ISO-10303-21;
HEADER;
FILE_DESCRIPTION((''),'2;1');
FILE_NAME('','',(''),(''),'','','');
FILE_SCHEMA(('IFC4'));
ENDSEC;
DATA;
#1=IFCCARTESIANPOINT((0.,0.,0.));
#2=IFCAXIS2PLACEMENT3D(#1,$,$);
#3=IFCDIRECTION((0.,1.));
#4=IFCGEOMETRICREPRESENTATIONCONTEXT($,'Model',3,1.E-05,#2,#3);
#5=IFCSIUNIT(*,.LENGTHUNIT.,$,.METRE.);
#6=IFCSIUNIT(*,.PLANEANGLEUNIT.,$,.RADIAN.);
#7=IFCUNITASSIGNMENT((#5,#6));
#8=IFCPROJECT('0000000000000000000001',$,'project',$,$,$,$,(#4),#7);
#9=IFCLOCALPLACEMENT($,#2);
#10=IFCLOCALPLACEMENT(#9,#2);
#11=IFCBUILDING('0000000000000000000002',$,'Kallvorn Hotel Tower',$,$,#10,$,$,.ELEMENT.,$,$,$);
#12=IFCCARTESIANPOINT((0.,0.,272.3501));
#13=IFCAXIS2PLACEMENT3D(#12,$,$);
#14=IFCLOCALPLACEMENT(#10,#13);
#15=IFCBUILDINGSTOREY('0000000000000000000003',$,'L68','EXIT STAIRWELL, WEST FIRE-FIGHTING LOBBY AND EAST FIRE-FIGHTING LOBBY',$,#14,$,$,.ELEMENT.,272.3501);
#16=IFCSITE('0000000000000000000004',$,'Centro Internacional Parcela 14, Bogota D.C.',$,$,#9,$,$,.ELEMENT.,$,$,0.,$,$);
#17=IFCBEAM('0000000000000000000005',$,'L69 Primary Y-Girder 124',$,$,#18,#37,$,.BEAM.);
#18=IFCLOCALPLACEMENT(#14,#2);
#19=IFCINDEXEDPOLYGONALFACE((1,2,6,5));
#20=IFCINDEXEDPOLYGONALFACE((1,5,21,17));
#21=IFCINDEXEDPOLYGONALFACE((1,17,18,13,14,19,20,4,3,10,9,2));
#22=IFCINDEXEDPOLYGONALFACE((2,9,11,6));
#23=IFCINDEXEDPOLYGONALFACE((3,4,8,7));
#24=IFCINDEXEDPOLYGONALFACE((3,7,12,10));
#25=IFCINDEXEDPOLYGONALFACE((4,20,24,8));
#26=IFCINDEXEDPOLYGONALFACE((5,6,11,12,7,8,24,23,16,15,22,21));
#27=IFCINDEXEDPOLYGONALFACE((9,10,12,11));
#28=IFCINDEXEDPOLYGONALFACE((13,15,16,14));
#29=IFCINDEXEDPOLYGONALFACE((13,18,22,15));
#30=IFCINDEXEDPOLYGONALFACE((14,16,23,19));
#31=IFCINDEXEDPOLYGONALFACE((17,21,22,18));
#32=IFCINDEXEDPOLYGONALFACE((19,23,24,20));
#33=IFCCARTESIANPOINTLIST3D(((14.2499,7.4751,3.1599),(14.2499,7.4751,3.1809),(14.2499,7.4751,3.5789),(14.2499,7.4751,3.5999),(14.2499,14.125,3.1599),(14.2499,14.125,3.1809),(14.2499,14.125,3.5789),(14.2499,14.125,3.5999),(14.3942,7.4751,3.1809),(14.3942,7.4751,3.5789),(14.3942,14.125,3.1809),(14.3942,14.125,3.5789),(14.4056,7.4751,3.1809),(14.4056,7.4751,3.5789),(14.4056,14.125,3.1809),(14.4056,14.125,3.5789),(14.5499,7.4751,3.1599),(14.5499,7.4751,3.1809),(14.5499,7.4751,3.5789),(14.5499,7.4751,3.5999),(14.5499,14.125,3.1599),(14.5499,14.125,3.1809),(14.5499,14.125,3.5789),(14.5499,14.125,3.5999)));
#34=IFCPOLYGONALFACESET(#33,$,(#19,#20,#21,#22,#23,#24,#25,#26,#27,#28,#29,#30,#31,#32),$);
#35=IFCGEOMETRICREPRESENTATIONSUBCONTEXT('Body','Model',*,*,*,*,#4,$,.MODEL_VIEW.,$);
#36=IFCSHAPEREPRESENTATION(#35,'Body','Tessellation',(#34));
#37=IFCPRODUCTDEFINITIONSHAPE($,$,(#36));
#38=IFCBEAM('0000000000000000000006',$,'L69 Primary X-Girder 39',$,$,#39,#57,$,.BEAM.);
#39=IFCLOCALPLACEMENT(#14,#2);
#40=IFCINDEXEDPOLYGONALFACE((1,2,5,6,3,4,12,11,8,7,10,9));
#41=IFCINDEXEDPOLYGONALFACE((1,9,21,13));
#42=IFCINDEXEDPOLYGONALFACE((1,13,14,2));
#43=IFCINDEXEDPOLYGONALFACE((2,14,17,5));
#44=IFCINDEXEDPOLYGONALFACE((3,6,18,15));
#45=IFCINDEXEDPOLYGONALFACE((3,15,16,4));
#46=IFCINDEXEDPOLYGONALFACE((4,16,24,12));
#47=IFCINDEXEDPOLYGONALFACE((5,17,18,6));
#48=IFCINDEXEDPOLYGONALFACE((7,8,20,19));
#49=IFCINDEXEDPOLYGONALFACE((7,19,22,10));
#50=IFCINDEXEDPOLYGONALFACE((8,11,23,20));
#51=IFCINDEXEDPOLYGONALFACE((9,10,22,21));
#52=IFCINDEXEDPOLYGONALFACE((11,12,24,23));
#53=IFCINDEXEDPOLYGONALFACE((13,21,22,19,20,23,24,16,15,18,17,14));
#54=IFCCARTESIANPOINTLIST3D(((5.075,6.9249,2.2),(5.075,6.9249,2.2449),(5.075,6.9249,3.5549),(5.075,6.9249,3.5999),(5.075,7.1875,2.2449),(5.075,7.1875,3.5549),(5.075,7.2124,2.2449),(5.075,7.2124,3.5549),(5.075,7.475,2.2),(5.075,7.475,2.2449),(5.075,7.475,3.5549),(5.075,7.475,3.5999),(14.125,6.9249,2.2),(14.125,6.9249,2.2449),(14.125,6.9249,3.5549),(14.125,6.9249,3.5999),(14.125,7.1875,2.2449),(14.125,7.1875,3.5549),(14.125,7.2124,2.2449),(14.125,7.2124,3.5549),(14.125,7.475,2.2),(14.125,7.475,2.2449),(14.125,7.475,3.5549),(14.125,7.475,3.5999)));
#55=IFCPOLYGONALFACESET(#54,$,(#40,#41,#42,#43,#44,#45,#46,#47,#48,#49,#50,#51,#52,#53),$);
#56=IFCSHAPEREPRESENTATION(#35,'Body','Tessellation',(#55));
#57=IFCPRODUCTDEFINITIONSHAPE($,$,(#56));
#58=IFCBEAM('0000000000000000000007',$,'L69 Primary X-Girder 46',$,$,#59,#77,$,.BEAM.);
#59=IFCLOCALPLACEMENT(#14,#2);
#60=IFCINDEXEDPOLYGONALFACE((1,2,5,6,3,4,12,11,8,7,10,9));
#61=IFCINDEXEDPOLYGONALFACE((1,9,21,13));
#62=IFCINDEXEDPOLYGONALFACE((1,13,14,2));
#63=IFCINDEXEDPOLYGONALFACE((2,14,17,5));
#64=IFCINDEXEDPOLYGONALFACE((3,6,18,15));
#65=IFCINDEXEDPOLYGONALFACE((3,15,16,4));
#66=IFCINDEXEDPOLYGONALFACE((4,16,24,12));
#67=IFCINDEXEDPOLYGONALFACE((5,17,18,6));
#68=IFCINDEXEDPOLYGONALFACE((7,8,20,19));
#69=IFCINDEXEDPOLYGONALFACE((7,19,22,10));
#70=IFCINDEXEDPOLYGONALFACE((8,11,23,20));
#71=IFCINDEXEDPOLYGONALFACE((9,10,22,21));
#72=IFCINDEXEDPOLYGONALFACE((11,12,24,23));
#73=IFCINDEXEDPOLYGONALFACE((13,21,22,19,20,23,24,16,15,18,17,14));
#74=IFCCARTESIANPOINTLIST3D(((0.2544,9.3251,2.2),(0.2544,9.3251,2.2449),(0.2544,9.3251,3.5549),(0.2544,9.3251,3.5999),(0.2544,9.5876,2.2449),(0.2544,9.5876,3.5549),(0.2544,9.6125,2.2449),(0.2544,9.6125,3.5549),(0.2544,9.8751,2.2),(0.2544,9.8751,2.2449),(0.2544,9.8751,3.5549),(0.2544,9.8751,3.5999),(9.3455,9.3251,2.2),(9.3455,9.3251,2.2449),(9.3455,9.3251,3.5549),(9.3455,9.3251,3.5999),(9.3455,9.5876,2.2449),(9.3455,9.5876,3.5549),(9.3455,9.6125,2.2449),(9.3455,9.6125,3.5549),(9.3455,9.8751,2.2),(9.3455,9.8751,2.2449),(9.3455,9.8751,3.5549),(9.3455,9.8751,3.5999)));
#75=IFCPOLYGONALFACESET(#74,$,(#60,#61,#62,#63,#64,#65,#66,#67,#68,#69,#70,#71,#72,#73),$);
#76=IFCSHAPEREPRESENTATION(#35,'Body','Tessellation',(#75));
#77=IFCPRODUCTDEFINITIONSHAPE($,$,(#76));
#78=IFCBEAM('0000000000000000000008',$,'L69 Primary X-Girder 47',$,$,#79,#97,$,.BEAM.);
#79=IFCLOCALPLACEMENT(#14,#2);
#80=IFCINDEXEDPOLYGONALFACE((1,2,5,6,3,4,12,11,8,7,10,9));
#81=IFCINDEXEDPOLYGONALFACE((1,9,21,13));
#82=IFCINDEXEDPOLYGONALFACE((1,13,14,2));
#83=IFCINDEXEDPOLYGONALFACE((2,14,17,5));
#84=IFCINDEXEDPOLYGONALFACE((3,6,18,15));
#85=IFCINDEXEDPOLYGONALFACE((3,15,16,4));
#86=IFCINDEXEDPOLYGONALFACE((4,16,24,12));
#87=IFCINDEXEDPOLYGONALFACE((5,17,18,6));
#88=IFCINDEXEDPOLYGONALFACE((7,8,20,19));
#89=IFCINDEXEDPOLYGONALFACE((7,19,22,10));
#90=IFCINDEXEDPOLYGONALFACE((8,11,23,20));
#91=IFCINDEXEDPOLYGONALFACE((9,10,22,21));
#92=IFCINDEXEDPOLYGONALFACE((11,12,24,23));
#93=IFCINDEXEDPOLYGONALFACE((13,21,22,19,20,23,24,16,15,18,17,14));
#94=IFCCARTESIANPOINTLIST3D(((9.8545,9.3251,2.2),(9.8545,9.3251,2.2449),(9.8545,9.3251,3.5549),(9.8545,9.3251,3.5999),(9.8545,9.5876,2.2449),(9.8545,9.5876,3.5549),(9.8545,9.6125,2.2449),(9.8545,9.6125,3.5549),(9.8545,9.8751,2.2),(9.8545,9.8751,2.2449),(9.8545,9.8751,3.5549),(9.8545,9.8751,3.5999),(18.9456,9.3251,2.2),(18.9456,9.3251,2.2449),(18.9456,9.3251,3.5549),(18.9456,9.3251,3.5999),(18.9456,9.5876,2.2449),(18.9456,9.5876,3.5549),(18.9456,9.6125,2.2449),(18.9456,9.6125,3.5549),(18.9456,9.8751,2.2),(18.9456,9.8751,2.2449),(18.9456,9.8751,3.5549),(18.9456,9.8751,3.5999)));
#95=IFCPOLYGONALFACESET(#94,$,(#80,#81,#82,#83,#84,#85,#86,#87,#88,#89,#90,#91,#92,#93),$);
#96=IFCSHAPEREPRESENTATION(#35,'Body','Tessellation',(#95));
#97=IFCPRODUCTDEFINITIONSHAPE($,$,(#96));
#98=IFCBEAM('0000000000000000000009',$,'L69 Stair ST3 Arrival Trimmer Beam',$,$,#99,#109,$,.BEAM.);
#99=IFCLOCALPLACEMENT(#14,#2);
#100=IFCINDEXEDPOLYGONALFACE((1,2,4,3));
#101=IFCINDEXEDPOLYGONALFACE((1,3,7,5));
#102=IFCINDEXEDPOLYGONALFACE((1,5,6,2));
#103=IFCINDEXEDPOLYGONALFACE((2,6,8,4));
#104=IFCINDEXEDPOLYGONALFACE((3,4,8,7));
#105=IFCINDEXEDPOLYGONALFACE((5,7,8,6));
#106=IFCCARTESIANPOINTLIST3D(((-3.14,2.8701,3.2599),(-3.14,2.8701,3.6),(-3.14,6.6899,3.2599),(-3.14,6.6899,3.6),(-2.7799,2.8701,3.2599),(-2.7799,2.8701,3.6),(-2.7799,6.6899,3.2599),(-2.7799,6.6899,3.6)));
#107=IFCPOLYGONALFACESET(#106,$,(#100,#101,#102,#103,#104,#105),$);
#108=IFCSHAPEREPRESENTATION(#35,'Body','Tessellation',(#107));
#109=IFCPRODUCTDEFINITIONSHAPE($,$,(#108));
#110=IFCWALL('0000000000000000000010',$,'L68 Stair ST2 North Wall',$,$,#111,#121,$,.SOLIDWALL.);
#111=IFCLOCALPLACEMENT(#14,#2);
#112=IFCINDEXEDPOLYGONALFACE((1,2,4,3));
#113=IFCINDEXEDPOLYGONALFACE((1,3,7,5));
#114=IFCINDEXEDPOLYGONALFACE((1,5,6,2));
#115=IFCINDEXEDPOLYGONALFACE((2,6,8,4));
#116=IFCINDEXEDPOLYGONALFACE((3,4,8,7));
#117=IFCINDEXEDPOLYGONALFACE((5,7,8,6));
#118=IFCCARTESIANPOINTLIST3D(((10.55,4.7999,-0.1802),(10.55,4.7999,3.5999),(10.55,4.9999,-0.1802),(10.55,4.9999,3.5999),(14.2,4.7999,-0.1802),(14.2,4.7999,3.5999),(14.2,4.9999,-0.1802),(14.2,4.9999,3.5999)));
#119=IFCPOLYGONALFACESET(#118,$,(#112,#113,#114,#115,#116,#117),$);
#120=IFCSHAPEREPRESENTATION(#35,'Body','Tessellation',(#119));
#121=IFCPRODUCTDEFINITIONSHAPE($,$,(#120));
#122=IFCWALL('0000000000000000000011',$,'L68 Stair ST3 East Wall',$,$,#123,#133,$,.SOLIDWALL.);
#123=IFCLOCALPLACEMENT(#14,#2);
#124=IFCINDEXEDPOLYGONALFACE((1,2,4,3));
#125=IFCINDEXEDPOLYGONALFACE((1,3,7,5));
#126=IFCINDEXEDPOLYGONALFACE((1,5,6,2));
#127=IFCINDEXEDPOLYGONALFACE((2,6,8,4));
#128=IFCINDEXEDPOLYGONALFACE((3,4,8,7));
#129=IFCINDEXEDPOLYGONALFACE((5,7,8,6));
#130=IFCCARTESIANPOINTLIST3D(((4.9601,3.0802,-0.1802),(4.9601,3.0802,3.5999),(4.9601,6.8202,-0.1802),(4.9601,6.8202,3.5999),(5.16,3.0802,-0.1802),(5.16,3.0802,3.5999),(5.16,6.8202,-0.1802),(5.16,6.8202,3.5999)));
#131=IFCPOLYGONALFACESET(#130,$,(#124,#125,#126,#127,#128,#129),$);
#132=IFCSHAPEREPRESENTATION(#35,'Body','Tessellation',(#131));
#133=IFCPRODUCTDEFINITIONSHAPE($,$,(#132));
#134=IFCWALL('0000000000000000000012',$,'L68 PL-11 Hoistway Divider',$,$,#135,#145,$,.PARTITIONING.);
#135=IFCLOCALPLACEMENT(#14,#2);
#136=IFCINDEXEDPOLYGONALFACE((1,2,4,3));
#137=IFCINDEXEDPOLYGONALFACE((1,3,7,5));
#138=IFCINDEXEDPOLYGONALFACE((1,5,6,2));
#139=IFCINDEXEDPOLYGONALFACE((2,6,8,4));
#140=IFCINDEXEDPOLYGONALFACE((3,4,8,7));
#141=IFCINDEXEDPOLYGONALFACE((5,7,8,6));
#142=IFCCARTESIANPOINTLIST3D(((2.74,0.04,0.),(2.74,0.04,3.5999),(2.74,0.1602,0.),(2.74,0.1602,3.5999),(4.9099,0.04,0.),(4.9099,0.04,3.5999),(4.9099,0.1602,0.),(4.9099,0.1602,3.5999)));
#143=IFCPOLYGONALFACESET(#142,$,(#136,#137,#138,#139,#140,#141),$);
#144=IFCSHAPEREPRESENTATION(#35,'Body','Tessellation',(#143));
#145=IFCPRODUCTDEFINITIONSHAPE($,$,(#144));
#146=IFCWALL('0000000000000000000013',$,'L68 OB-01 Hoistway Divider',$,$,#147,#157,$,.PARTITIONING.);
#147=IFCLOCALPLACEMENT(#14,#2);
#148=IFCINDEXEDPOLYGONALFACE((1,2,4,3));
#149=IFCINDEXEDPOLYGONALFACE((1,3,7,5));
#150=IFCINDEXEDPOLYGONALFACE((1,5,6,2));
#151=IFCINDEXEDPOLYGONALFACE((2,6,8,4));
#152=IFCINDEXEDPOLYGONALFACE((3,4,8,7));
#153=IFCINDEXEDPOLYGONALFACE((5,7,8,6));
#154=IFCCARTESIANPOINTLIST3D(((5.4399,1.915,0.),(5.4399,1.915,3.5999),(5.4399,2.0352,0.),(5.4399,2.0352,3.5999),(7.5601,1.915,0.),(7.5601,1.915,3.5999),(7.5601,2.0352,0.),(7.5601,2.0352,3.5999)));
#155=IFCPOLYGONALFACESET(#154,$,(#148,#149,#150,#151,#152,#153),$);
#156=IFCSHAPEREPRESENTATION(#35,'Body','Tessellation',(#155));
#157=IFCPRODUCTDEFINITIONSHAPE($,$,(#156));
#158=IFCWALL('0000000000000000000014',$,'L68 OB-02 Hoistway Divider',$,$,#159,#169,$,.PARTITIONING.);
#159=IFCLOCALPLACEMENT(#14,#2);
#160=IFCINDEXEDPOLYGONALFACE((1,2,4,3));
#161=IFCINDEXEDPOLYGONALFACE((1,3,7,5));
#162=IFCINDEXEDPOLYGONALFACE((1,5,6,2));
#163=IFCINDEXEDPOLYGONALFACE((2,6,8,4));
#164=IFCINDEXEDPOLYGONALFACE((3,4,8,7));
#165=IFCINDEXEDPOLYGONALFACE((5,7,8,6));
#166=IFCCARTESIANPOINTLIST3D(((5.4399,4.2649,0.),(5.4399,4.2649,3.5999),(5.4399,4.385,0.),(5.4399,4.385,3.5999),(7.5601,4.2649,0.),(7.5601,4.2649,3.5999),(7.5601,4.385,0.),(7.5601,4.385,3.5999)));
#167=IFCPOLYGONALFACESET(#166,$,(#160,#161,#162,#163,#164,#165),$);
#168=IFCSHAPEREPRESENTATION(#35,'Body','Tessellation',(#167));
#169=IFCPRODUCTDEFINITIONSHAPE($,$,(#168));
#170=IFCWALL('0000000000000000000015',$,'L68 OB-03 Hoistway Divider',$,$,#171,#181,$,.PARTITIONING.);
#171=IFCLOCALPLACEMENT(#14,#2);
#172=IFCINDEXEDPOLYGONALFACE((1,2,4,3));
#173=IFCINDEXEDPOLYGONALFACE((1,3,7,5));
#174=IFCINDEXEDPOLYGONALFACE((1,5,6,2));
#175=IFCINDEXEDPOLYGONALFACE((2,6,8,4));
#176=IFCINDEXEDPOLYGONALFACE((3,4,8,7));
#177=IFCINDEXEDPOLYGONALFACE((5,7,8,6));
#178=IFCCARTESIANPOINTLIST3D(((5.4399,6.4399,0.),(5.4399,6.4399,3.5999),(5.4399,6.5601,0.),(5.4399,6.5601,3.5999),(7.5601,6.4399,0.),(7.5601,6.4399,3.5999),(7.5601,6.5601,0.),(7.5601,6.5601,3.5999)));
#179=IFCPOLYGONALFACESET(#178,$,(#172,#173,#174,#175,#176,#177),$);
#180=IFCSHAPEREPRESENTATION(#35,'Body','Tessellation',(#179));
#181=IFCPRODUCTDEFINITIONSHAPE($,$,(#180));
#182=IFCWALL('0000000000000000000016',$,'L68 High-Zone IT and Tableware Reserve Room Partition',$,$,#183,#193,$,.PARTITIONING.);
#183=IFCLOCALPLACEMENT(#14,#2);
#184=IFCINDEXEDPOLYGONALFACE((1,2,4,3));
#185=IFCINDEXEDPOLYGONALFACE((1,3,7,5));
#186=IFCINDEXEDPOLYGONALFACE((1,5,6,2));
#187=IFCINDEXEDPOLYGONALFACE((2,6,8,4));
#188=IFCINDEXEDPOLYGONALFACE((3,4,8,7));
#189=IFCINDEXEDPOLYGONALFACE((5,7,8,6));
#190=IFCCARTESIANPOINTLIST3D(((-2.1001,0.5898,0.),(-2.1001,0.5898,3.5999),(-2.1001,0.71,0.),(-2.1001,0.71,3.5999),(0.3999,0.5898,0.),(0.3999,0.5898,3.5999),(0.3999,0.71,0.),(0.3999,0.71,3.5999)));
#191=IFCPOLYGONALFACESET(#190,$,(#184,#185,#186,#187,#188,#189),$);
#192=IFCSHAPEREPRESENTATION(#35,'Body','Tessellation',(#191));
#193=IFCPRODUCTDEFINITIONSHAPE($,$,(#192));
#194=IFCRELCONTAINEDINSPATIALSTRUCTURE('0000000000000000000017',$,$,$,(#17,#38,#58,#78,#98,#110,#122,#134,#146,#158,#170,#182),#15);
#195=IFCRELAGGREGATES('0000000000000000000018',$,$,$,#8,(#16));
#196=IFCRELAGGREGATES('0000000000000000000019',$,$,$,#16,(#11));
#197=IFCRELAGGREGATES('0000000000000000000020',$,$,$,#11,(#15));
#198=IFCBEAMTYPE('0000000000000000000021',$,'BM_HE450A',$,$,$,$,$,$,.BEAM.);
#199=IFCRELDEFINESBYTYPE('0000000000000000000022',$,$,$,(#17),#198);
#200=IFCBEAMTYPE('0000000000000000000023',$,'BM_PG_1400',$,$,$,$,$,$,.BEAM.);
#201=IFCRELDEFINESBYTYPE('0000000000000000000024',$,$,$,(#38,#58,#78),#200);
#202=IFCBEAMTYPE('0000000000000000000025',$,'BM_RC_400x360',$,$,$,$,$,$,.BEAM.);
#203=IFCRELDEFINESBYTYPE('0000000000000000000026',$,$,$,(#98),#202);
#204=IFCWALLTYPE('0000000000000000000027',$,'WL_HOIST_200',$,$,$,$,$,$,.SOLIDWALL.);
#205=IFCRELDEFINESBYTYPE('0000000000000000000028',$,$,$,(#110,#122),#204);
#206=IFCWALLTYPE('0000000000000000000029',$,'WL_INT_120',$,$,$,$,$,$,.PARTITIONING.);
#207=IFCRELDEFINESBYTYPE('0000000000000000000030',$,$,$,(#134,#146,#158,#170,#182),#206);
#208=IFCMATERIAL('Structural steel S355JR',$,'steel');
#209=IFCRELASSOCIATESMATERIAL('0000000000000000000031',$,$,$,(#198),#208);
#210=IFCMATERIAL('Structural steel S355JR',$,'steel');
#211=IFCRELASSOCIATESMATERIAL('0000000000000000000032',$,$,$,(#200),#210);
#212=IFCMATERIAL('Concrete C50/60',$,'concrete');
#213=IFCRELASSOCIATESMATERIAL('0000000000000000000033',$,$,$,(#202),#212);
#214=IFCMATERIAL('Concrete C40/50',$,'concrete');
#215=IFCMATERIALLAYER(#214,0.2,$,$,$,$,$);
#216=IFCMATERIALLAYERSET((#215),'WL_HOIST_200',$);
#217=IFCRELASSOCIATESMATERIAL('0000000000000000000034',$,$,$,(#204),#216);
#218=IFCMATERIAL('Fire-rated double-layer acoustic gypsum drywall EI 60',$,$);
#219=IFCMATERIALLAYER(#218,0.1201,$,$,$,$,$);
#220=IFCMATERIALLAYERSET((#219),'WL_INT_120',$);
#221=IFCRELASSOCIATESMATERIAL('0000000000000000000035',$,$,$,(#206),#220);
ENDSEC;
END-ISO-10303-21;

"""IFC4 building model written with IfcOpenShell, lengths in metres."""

from ifc_helpers import new_model, si_unit, direction, frame, frame_2d, origin, origin_2d, place, context, subcontext, project, spatial, rectangle, i_section, extrude, material, layer, layer_set, material_profile, profile_set, type_object, element, save


model = new_model("IFC4")

# Units and contexts
model_context = context("Model", 3, precision=1e-05, world=origin(), true_north=direction((0.0, 1.0)))
body_context = subcontext(model_context, "Body", "Model", "MODEL_VIEW")
ifc_project = project(units=[si_unit("LENGTHUNIT", "METRE"), si_unit("PLANEANGLEUNIT", "RADIAN")], contexts=[model_context])

# Site, building, storey
site_placement = place(None, origin())
site = spatial("IfcSite", under=ifc_project, at=site_placement, Name="Centro Internacional Parcela 14, Bogota D.C.", CompositionType="ELEMENT", RefElevation=0.0)
building_placement = place(site_placement, origin())
building = spatial("IfcBuilding", under=site, at=building_placement, Name="Kallvorn Hotel Tower", CompositionType="ELEMENT")
storey_placement = place(building_placement, frame((0.0, 0.0, 272.3501)))
storey = spatial("IfcBuildingStorey", under=building, at=storey_placement, Name="L68", Description="EXIT STAIRWELL, WEST FIRE-FIGHTING LOBBY AND EAST FIRE-FIGHTING LOBBY", CompositionType="ELEMENT", Elevation=272.3501)

# Beams
ifc_material_1 = material(Name="Structural steel S355JR", Category="steel")
ifc_material_profile_1 = material_profile(ifc_material_1, i_section(OverallWidth=0.3, OverallDepth=0.4399, WebThickness=0.0115, FlangeThickness=0.021, at=origin_2d()), Name="HE 450 A")
ifc_profile_set_1 = profile_set([ifc_material_profile_1], Name="Structural steel S355JR")
beam_type_1 = type_object("IfcBeamType", Name="BM_HE450A", PredefinedType="BEAM", material=ifc_profile_set_1)
for number, where, z_axis, x_axis, name in (
    (1, (14.3999, 7.4751, 3.3799), (0.0, 1.0, 0.0), (-1.0, 0.0, 0.0), "L69 Primary Y-Girder 124"),
):
    element("IfcBeam", number, at=place(storey_placement, frame(where, z_axis=z_axis, x_axis=x_axis)), inside=storey, type_object=beam_type_1, Name=name, PredefinedType="BEAM", context=body_context, shape_type="SweptSolid", body=[
        extrude(i_section(OverallWidth=0.3, OverallDepth=0.4399, WebThickness=0.0115, FlangeThickness=0.021, at=origin_2d()), origin(), (0.0, 0.0, 1.0), 6.6499),
    ])
ifc_material_2 = material(Name="Structural steel S355JR", Category="steel")
ifc_material_profile_2 = material_profile(ifc_material_2, i_section(OverallWidth=0.55, OverallDepth=1.3999, WebThickness=0.0249, FlangeThickness=0.0449, at=origin_2d()), Name="PG 1400x550x25x45")
ifc_profile_set_2 = profile_set([ifc_material_profile_2], Name="Structural steel S355JR")
beam_type_2 = type_object("IfcBeamType", Name="BM_PG_1400", PredefinedType="BEAM", material=ifc_profile_set_2)
beam_1_placement = place(storey_placement, frame((5.075, 7.2, 2.8999), z_axis=(1.0, 0.0, 0.0), x_axis=(0.0, 1.0, 0.0)))
element("IfcBeam", 2, at=beam_1_placement, inside=storey, type_object=beam_type_2, Name="L69 Primary X-Girder 39", PredefinedType="BEAM", context=body_context, shape_type="SweptSolid", body=[
    extrude(i_section(OverallWidth=0.55, OverallDepth=1.3999, WebThickness=0.0249, FlangeThickness=0.0449, at=origin_2d()), origin(), (0.0, 0.0, 1.0), 9.05),
])
for number, where, z_axis, x_axis, name in (
    (3, (0.2544, 9.6001, 2.8999), (1.0, 0.0, 0.0), (0.0, 1.0, 0.0), "L69 Primary X-Girder 46"),
    (4, (9.8545, 9.6001, 2.8999), (1.0, 0.0, 0.0), (0.0, 1.0, 0.0), "L69 Primary X-Girder 47"),
):
    element("IfcBeam", number, at=place(storey_placement, frame(where, z_axis=z_axis, x_axis=x_axis)), inside=storey, type_object=beam_type_2, Name=name, PredefinedType="BEAM", context=body_context, shape_type="SweptSolid", body=[
        extrude(i_section(OverallWidth=0.55, OverallDepth=1.3999, WebThickness=0.0249, FlangeThickness=0.0449, at=origin_2d()), origin(), (0.0, 0.0, 1.0), 9.0911),
    ])
ifc_material_3 = material(Name="Concrete C50/60", Category="concrete")
ifc_material_profile_3 = material_profile(ifc_material_3, rectangle(XDim=0.3601, YDim=0.3401, at=origin_2d()), Name="RC 360x340")
ifc_profile_set_3 = profile_set([ifc_material_profile_3], Name="Concrete C50/60")
beam_type_3 = type_object("IfcBeamType", Name="BM_RC_400x360", PredefinedType="BEAM", material=ifc_profile_set_3)
beam_2_placement = place(storey_placement, frame((-2.96, 2.8701, 3.4299), z_axis=(0.0, 1.0, 0.0), x_axis=(-1.0, 0.0, 0.0)))
element("IfcBeam", 5, at=beam_2_placement, inside=storey, type_object=beam_type_3, Name="L69 Stair ST3 Arrival Trimmer Beam", PredefinedType="BEAM", context=body_context, shape_type="SweptSolid", body=[
    extrude(rectangle(XDim=0.3601, YDim=0.3401, at=origin_2d()), origin(), (0.0, 0.0, 1.0), 3.8198),
])

# Walls
ifc_material_4 = material(Name="Concrete C40/50", Category="concrete")
ifc_layer_1 = layer(ifc_material_4, 0.2)
ifc_layer_set_1 = layer_set([ifc_layer_1], Name="WL_HOIST_200")
wall_type_1 = type_object("IfcWallType", Name="WL_HOIST_200", PredefinedType="SOLIDWALL", material=ifc_layer_set_1)
wall_1_placement = place(storey_placement, frame((10.55, 4.8999, -0.1802), z_axis=(0.0, 0.0, 1.0), x_axis=(1.0, 0.0, 0.0)))
element("IfcWall", 6, at=wall_1_placement, inside=storey, type_object=wall_type_1, Name="L68 Stair ST2 North Wall", PredefinedType="SOLIDWALL", context=body_context, shape_type="SweptSolid", body=[
    extrude(rectangle(XDim=3.6499, YDim=0.2, at=frame_2d((1.825, 0.0))), origin(), (0.0, 0.0, 1.0), 3.78),
])
wall_2_placement = place(storey_placement, frame((5.0601, 3.0801, -0.1802), z_axis=(0.0, 0.0, 1.0), x_axis=(0.0, 1.0, 0.0)))
element("IfcWall", 7, at=wall_2_placement, inside=storey, type_object=wall_type_1, Name="L68 Stair ST3 East Wall", PredefinedType="SOLIDWALL", context=body_context, shape_type="SweptSolid", body=[
    extrude(rectangle(XDim=3.74, YDim=0.2, at=frame_2d((1.8701, 0.0))), origin(), (0.0, 0.0, 1.0), 3.78),
])
ifc_material_5 = material(Name="Fire-rated double-layer acoustic gypsum drywall EI 60")
ifc_layer_2 = layer(ifc_material_5, 0.1201)
ifc_layer_set_2 = layer_set([ifc_layer_2], Name="WL_INT_120")
wall_type_2 = type_object("IfcWallType", Name="WL_INT_120", PredefinedType="PARTITIONING", material=ifc_layer_set_2)
wall_3_placement = place(storey_placement, frame((2.74, 0.1001, 0.0), z_axis=(0.0, 0.0, 1.0), x_axis=(1.0, 0.0, 0.0)))
element("IfcWall", 8, at=wall_3_placement, inside=storey, type_object=wall_type_2, Name="L68 PL-11 Hoistway Divider", PredefinedType="PARTITIONING", context=body_context, shape_type="SweptSolid", body=[
    extrude(rectangle(XDim=2.1699, YDim=0.1201, at=frame_2d((1.085, 0.0))), origin(), (0.0, 0.0, 1.0), 3.5999),
])
for number, where, z_axis, x_axis, name in (
    (9, (5.4399, 1.9751, 0.0), (0.0, 0.0, 1.0), (1.0, 0.0, 0.0), "L68 OB-01 Hoistway Divider"),
    (10, (5.4399, 4.325, 0.0), (0.0, 0.0, 1.0), (1.0, 0.0, 0.0), "L68 OB-02 Hoistway Divider"),
    (11, (5.4399, 6.5, 0.0), (0.0, 0.0, 1.0), (1.0, 0.0, 0.0), "L68 OB-03 Hoistway Divider"),
):
    element("IfcWall", number, at=place(storey_placement, frame(where, z_axis=z_axis, x_axis=x_axis)), inside=storey, type_object=wall_type_2, Name=name, PredefinedType="PARTITIONING", context=body_context, shape_type="SweptSolid", body=[
        extrude(rectangle(XDim=2.1201, YDim=0.1201, at=frame_2d((1.0601, 0.0))), origin(), (0.0, 0.0, 1.0), 3.5999),
    ])
wall_4_placement = place(storey_placement, frame((-2.1001, 0.6499, 0.0), z_axis=(0.0, 0.0, 1.0), x_axis=(1.0, 0.0, 0.0)))
element("IfcWall", 12, at=wall_4_placement, inside=storey, type_object=wall_type_2, Name="L68 High-Zone IT and Tableware Reserve Room Partition", PredefinedType="PARTITIONING", context=body_context, shape_type="SweptSolid", body=[
    extrude(rectangle(XDim=2.5, YDim=0.1201, at=frame_2d((1.25, 0.0))), origin(), (0.0, 0.0, 1.0), 3.5999),
])

save(model, "model.ifc")
